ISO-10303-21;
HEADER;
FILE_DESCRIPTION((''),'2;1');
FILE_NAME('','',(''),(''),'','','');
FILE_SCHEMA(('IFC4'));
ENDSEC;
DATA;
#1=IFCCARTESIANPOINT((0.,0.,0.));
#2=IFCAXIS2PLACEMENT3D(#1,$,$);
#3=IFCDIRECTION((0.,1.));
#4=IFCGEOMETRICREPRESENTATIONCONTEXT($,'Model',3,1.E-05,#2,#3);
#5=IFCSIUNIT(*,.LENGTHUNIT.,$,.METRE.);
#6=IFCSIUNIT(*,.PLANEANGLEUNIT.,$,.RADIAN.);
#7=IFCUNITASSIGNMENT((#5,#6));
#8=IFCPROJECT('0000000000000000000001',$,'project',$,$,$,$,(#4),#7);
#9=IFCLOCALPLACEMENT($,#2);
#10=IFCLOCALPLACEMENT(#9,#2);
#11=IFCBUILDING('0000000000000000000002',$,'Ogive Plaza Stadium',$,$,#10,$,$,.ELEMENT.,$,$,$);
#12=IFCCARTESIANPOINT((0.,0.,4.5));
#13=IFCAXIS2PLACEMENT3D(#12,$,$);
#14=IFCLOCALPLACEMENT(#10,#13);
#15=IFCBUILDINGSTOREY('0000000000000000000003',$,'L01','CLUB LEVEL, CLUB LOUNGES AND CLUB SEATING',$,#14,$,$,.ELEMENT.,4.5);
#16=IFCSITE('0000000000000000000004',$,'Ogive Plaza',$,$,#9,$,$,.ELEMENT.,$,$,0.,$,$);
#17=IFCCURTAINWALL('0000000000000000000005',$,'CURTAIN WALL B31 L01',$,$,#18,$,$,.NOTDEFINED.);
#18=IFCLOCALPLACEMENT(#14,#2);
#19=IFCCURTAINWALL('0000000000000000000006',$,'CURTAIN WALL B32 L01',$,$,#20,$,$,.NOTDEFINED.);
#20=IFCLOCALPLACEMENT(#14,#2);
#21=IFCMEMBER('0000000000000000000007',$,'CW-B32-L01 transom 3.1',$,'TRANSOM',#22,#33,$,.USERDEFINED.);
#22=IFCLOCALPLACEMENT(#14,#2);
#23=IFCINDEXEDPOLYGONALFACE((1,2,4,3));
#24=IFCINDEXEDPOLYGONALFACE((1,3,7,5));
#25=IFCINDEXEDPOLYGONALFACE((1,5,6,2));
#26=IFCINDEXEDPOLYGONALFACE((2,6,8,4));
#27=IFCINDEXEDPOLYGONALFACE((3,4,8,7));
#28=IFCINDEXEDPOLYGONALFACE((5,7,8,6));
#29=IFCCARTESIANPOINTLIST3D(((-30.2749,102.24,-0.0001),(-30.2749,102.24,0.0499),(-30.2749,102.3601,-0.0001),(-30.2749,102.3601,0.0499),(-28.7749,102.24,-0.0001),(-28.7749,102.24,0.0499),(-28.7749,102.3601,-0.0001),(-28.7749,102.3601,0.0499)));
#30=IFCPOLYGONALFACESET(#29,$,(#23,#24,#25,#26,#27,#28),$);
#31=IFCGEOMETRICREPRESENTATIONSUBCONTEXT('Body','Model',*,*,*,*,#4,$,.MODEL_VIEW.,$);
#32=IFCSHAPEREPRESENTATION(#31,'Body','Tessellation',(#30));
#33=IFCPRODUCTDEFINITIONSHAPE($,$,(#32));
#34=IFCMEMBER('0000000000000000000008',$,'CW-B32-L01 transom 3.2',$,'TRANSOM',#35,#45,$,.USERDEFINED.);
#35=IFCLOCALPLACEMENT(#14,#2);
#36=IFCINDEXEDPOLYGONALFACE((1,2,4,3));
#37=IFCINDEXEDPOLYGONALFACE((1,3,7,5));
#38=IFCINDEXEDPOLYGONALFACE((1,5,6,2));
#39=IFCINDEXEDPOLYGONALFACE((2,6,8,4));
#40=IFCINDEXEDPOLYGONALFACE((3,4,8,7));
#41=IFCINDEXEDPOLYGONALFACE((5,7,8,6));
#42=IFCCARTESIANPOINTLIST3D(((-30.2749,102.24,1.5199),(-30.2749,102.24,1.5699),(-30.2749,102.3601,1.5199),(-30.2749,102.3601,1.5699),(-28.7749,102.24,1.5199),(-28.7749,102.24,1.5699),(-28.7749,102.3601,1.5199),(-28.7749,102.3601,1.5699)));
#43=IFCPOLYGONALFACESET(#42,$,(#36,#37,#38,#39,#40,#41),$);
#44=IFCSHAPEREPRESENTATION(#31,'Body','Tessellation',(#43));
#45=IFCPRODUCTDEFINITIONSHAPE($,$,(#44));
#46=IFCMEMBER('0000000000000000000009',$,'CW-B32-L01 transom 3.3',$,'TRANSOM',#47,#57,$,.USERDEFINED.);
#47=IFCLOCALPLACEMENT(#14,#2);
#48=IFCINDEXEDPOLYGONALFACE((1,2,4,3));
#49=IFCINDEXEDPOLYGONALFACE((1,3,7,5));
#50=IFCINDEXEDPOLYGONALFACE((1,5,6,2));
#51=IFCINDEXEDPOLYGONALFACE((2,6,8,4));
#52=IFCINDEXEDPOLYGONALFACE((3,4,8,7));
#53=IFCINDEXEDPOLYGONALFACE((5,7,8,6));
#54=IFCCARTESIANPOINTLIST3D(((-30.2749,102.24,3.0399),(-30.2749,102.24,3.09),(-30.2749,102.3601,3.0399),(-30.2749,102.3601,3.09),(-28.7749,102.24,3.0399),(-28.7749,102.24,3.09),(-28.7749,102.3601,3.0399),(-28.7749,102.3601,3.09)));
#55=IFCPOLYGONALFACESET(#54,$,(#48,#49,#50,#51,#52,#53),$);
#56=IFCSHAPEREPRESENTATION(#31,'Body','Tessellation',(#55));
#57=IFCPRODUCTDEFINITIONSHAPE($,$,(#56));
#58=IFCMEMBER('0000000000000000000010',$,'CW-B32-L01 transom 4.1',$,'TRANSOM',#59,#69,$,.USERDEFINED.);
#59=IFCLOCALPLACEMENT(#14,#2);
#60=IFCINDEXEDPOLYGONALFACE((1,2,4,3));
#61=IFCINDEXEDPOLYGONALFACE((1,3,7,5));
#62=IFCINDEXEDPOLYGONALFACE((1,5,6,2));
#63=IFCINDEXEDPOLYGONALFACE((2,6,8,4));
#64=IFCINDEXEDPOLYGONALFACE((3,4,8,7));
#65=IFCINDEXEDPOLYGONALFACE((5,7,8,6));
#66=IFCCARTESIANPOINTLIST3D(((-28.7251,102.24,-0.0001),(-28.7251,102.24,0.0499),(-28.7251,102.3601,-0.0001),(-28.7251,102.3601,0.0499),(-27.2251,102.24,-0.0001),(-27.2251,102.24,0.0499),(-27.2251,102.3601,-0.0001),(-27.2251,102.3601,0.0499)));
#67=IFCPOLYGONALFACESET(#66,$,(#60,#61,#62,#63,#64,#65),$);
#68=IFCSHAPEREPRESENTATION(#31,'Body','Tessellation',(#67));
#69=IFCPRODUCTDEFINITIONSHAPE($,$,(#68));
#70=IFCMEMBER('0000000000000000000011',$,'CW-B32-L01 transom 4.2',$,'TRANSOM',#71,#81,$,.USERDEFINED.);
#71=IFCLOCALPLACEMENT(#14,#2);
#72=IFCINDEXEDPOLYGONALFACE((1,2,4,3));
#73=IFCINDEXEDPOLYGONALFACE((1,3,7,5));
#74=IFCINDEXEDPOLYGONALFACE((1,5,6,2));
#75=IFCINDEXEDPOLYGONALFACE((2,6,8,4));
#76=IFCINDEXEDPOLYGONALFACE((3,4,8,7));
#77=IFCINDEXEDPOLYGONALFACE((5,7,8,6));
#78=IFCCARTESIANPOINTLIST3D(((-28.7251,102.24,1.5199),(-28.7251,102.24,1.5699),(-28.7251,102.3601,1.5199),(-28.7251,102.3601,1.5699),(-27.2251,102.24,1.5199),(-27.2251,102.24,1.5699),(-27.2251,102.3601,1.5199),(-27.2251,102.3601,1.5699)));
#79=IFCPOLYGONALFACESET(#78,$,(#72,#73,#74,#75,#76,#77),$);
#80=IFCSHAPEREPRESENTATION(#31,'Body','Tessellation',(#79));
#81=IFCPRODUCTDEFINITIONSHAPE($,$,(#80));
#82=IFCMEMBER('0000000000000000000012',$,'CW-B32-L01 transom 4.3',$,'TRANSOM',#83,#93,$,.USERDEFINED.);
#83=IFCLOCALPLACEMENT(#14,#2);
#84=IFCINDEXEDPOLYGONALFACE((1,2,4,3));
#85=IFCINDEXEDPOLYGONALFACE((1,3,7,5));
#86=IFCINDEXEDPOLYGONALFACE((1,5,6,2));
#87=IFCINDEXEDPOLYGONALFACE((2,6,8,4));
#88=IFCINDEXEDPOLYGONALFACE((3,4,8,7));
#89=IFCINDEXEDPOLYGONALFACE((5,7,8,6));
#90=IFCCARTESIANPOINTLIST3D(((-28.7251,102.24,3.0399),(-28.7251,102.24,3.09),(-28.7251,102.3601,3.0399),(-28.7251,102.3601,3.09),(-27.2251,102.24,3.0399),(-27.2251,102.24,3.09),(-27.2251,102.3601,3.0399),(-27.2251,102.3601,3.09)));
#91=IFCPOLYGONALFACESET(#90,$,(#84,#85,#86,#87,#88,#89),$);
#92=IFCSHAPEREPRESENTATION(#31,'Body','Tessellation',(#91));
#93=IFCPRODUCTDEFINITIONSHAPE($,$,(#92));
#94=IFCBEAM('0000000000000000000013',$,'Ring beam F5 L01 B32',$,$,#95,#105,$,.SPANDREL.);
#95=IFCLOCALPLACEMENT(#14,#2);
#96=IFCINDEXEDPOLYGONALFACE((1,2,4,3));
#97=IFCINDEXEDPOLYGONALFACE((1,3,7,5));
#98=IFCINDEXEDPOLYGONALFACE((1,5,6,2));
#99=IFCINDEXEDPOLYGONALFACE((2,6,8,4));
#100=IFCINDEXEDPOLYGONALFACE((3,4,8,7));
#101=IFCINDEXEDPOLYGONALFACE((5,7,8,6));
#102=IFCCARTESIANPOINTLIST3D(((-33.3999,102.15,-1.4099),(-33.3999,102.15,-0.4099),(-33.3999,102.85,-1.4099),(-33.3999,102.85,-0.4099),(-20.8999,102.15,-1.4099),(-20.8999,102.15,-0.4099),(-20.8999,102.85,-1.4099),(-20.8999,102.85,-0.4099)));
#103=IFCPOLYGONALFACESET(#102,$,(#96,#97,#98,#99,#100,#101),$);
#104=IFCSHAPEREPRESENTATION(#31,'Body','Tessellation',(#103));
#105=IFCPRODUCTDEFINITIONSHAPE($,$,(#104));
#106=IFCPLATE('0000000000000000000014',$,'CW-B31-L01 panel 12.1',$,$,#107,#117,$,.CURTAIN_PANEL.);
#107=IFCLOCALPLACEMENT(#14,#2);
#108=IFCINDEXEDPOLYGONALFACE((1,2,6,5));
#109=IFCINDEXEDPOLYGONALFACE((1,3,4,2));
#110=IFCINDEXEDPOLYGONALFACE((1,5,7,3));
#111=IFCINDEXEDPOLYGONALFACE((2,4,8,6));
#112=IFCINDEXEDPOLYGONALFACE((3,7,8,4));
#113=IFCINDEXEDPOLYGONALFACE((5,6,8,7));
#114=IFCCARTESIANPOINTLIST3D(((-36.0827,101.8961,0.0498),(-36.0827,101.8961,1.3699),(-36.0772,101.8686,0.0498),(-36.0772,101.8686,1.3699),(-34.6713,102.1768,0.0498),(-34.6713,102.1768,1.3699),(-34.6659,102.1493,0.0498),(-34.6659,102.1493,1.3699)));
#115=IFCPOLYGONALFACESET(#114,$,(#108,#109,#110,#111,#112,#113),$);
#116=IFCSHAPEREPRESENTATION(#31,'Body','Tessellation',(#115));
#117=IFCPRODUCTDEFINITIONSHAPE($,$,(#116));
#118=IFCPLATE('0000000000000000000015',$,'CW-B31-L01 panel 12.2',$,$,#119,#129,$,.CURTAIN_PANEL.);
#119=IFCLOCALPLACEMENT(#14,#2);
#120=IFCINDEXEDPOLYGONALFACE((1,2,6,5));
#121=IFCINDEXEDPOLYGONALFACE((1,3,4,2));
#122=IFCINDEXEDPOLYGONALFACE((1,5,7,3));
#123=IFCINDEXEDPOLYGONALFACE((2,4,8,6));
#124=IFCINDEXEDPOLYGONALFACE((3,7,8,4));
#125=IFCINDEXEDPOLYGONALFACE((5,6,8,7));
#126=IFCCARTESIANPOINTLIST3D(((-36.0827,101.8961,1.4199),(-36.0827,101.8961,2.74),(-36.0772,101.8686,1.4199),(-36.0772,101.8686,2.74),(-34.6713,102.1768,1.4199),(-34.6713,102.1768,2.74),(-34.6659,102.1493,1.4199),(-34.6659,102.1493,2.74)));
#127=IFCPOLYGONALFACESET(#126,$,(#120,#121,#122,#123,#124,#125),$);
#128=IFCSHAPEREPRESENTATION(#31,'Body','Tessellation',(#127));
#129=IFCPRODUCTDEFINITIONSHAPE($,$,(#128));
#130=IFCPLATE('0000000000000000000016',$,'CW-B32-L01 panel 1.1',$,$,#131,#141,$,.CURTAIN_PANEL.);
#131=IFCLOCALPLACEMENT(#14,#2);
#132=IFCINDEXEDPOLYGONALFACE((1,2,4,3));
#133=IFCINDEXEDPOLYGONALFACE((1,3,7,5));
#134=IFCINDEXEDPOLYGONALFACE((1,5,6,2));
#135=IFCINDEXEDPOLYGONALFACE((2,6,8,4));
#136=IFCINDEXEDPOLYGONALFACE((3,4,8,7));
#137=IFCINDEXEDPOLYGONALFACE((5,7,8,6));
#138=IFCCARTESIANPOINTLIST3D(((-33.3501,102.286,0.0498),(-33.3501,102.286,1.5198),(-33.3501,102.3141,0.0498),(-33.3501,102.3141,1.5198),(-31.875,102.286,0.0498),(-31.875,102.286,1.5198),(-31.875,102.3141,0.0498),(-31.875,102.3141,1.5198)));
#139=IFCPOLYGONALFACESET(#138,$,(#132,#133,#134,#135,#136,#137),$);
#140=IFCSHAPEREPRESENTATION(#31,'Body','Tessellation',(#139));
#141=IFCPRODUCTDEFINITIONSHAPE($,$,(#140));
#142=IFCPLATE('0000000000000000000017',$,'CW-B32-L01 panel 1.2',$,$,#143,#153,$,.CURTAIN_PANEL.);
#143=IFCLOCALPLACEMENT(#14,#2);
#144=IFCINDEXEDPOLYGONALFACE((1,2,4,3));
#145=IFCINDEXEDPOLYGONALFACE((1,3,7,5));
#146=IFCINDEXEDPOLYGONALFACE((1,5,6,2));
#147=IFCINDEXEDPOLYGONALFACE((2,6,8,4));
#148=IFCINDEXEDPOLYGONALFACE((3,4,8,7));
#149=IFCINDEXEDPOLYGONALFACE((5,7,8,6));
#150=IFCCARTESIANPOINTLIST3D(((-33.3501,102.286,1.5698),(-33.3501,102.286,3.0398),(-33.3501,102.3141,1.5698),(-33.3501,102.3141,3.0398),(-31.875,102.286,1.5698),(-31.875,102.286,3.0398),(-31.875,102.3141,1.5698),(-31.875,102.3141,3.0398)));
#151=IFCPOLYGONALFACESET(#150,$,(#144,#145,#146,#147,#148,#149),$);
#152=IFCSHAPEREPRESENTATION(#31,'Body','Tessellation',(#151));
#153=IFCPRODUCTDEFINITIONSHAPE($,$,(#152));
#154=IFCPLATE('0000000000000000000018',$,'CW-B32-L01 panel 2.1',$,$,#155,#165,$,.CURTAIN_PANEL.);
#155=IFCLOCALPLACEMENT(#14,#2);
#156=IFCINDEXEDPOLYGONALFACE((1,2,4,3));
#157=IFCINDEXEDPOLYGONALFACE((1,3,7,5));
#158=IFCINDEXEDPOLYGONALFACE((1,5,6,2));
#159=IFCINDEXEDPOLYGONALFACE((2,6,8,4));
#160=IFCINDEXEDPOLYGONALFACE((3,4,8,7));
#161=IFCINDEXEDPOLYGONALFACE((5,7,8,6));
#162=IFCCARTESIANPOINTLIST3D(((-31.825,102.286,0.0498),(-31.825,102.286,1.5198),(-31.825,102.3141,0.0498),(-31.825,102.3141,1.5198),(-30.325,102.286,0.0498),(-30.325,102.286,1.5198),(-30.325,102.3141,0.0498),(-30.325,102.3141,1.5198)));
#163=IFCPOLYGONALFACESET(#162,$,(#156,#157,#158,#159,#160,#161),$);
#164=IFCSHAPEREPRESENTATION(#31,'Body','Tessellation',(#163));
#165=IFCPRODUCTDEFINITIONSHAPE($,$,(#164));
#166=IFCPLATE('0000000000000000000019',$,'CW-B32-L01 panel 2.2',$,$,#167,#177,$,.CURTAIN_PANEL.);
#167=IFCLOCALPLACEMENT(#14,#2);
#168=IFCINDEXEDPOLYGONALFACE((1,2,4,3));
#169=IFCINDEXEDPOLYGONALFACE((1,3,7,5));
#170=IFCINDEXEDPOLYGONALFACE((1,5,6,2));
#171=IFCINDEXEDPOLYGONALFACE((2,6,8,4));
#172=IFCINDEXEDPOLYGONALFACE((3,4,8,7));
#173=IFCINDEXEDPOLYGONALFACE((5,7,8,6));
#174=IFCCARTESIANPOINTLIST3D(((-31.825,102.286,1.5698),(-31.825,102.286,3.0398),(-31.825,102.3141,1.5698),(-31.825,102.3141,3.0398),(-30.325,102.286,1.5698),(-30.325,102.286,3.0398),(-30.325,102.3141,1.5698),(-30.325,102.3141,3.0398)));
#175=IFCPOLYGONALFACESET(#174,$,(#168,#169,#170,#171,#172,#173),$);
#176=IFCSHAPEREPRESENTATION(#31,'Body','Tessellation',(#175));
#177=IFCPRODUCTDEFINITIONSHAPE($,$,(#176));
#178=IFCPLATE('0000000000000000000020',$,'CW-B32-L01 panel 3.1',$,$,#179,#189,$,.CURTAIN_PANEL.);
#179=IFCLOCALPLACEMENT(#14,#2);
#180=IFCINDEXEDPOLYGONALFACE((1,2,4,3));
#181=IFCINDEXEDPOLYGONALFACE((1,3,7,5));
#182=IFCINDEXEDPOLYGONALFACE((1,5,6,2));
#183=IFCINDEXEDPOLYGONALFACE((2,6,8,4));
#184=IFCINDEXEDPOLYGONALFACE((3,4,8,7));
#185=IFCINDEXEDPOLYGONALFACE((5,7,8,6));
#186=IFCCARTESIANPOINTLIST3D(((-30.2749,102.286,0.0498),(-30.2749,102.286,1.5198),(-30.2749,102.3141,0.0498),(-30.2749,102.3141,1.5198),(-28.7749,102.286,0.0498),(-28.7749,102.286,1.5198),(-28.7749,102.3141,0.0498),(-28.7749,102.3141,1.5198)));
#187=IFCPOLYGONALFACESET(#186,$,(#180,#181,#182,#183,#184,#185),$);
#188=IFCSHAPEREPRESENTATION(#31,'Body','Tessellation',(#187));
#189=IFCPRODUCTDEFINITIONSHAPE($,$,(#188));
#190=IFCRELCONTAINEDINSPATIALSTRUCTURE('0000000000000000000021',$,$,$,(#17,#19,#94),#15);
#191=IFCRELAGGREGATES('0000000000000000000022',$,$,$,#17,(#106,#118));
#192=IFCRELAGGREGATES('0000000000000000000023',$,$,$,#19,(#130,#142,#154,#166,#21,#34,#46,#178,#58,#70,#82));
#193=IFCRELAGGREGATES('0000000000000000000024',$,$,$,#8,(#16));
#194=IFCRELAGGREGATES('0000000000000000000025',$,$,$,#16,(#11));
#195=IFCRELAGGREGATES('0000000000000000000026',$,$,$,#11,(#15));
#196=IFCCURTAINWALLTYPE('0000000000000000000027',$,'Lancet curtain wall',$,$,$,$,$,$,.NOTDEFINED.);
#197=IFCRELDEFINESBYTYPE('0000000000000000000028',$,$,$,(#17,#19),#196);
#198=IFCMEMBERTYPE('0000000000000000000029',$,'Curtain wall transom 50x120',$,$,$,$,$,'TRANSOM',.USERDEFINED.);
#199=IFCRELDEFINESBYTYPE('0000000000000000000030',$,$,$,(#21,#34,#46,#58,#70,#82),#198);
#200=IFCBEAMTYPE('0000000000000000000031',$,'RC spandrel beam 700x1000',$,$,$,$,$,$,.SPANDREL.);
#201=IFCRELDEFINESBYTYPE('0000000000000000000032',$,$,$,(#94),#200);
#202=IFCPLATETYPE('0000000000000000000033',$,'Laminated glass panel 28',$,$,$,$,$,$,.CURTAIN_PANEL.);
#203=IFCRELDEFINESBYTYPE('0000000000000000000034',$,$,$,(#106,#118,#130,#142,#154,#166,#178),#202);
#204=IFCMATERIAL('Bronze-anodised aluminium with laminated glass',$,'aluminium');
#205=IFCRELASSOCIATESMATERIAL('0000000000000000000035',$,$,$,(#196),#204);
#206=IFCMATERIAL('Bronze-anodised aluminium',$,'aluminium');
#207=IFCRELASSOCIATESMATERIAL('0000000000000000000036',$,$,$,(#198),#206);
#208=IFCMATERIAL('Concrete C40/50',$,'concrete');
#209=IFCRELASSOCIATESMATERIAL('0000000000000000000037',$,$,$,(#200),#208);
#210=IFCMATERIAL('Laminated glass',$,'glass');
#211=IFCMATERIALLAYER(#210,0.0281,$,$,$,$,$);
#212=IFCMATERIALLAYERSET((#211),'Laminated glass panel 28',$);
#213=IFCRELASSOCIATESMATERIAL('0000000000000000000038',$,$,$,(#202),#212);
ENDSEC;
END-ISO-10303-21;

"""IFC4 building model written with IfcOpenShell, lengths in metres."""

from ifc_helpers import new_model, si_unit, direction, frame, origin, origin_2d, place, context, subcontext, project, spatial, rectangle, extrude, material, layer, layer_set, material_profile, profile_set, type_object, element, aggregate, save


model = new_model("IFC4")

# Units and contexts
model_context = context("Model", 3, precision=1e-05, world=origin(), true_north=direction((0.0, 1.0)))
body_context = subcontext(model_context, "Body", "Model", "MODEL_VIEW")
ifc_project = project(units=[si_unit("LENGTHUNIT", "METRE"), si_unit("PLANEANGLEUNIT", "RADIAN")], contexts=[model_context])

# Site, building, storey
site_placement = place(None, origin())
site = spatial("IfcSite", under=ifc_project, at=site_placement, Name="Ogive Plaza", CompositionType="ELEMENT", RefElevation=0.0)
building_placement = place(site_placement, origin())
building = spatial("IfcBuilding", under=site, at=building_placement, Name="Ogive Plaza Stadium", CompositionType="ELEMENT")
storey_placement = place(building_placement, frame((0.0, 0.0, 4.5)))
storey = spatial("IfcBuildingStorey", under=building, at=storey_placement, Name="L01", Description="CLUB LEVEL, CLUB LOUNGES AND CLUB SEATING", CompositionType="ELEMENT", Elevation=4.5)

# Curtain wall
ifc_material_1 = material(Name="Bronze-anodised aluminium with laminated glass", Category="aluminium")
curtain_wall_type = type_object("IfcCurtainWallType", Name="Lancet curtain wall", PredefinedType="NOTDEFINED", material=ifc_material_1)
curtain_wall_1_placement = place(storey_placement, origin())
curtain_wall_1 = element("IfcCurtainWall", 1, at=curtain_wall_1_placement, inside=storey, type_object=curtain_wall_type, Name="CURTAIN WALL B31 L01", PredefinedType="NOTDEFINED")

# Curtain wall
curtain_wall_2_placement = place(storey_placement, origin())
curtain_wall_2 = element("IfcCurtainWall", 2, at=curtain_wall_2_placement, inside=storey, type_object=curtain_wall_type, Name="CURTAIN WALL B32 L01", PredefinedType="NOTDEFINED")

# Members
ifc_material_2 = material(Name="Bronze-anodised aluminium", Category="aluminium")
ifc_material_profile_1 = material_profile(ifc_material_2, rectangle(XDim=0.1201, YDim=0.05, at=origin_2d()), Name="AL 120x50")
ifc_profile_set_1 = profile_set([ifc_material_profile_1], Name="Bronze-anodised aluminium")
member_type_1 = type_object("IfcMemberType", Name="Curtain wall transom 50x120", ElementType="TRANSOM", PredefinedType="USERDEFINED", material=ifc_profile_set_1)
member_1_placement = place(storey_placement, frame((-30.2749, 102.3, 0.0249), z_axis=(1.0, 0.0, 0.0), x_axis=(0.0, 1.0, 0.0)))
member_1 = element("IfcMember", 3, at=member_1_placement, type_object=member_type_1, Name="CW-B32-L01 transom 3.1", ObjectType="TRANSOM", PredefinedType="USERDEFINED", context=body_context, shape_type="SweptSolid", body=[
    extrude(rectangle(XDim=0.1201, YDim=0.05, at=origin_2d()), origin(), (0.0, 0.0, 1.0), 1.5),
])
member_2_placement = place(storey_placement, frame((-30.2749, 102.3, 1.5449), z_axis=(1.0, 0.0, 0.0), x_axis=(0.0, 1.0, 0.0)))
member_2 = element("IfcMember", 4, at=member_2_placement, type_object=member_type_1, Name="CW-B32-L01 transom 3.2", ObjectType="TRANSOM", PredefinedType="USERDEFINED", context=body_context, shape_type="SweptSolid", body=[
    extrude(rectangle(XDim=0.1201, YDim=0.05, at=origin_2d()), origin(), (0.0, 0.0, 1.0), 1.5),
])
member_3_placement = place(storey_placement, frame((-30.2749, 102.3, 3.0649), z_axis=(1.0, 0.0, 0.0), x_axis=(0.0, 1.0, 0.0)))
member_3 = element("IfcMember", 5, at=member_3_placement, type_object=member_type_1, Name="CW-B32-L01 transom 3.3", ObjectType="TRANSOM", PredefinedType="USERDEFINED", context=body_context, shape_type="SweptSolid", body=[
    extrude(rectangle(XDim=0.1201, YDim=0.05, at=origin_2d()), origin(), (0.0, 0.0, 1.0), 1.5),
])
member_4_placement = place(storey_placement, frame((-28.7251, 102.3, 0.0249), z_axis=(1.0, 0.0, 0.0), x_axis=(0.0, 1.0, 0.0)))
member_4 = element("IfcMember", 6, at=member_4_placement, type_object=member_type_1, Name="CW-B32-L01 transom 4.1", ObjectType="TRANSOM", PredefinedType="USERDEFINED", context=body_context, shape_type="SweptSolid", body=[
    extrude(rectangle(XDim=0.1201, YDim=0.05, at=origin_2d()), origin(), (0.0, 0.0, 1.0), 1.5),
])
member_5_placement = place(storey_placement, frame((-28.7251, 102.3, 1.5449), z_axis=(1.0, 0.0, 0.0), x_axis=(0.0, 1.0, 0.0)))
member_5 = element("IfcMember", 7, at=member_5_placement, type_object=member_type_1, Name="CW-B32-L01 transom 4.2", ObjectType="TRANSOM", PredefinedType="USERDEFINED", context=body_context, shape_type="SweptSolid", body=[
    extrude(rectangle(XDim=0.1201, YDim=0.05, at=origin_2d()), origin(), (0.0, 0.0, 1.0), 1.5),
])
member_6_placement = place(storey_placement, frame((-28.7251, 102.3, 3.0649), z_axis=(1.0, 0.0, 0.0), x_axis=(0.0, 1.0, 0.0)))
member_6 = element("IfcMember", 8, at=member_6_placement, type_object=member_type_1, Name="CW-B32-L01 transom 4.3", ObjectType="TRANSOM", PredefinedType="USERDEFINED", context=body_context, shape_type="SweptSolid", body=[
    extrude(rectangle(XDim=0.1201, YDim=0.05, at=origin_2d()), origin(), (0.0, 0.0, 1.0), 1.5),
])

# Beam
ifc_material_3 = material(Name="Concrete C40/50", Category="concrete")
ifc_material_profile_2 = material_profile(ifc_material_3, rectangle(XDim=0.7, YDim=1.0, at=origin_2d()), Name="RC 700x1000")
ifc_profile_set_2 = profile_set([ifc_material_profile_2], Name="Concrete C40/50")
beam_type = type_object("IfcBeamType", Name="RC spandrel beam 700x1000", PredefinedType="SPANDREL", material=ifc_profile_set_2)
beam_placement = place(storey_placement, frame((-33.3999, 102.5, -0.9099), z_axis=(1.0, 0.0, 0.0), x_axis=(0.0, 1.0, 0.0)))
element("IfcBeam", 9, at=beam_placement, inside=storey, type_object=beam_type, Name="Ring beam F5 L01 B32", PredefinedType="SPANDREL", context=body_context, shape_type="SweptSolid", body=[
    extrude(rectangle(XDim=0.7, YDim=1.0, at=origin_2d()), origin(), (0.0, 0.0, 1.0), 12.5),
])

# Plates
ifc_material_4 = material(Name="Laminated glass", Category="glass")
ifc_layer = layer(ifc_material_4, 0.0281)
ifc_layer_set = layer_set([ifc_layer], Name="Laminated glass panel 28")
plate_type = type_object("IfcPlateType", Name="Laminated glass panel 28", PredefinedType="CURTAIN_PANEL", material=ifc_layer_set)
plate_1_placement = place(storey_placement, frame((-35.3743, 102.0227, 0.0498), z_axis=(0.0, 0.0, 1.0), x_axis=(0.980785, 0.19509, 0.0)))
plate_1 = element("IfcPlate", 10, at=plate_1_placement, type_object=plate_type, Name="CW-B31-L01 panel 12.1", PredefinedType="CURTAIN_PANEL", context=body_context, shape_type="SweptSolid", body=[
    extrude(rectangle(XDim=1.439, YDim=0.0281, at=origin_2d()), origin(), (0.0, 0.0, 1.0), 1.3201),
])
plate_2_placement = place(storey_placement, frame((-35.3743, 102.0227, 1.4199), z_axis=(0.0, 0.0, 1.0), x_axis=(0.980785, 0.19509, 0.0)))
plate_2 = element("IfcPlate", 11, at=plate_2_placement, type_object=plate_type, Name="CW-B31-L01 panel 12.2", PredefinedType="CURTAIN_PANEL", context=body_context, shape_type="SweptSolid", body=[
    extrude(rectangle(XDim=1.439, YDim=0.0281, at=origin_2d()), origin(), (0.0, 0.0, 1.0), 1.3201),
])
aggregate(curtain_wall_1, [plate_1, plate_2])
plate_3_placement = place(storey_placement, frame((-32.6125, 102.3, 0.0498), z_axis=(0.0, 0.0, 1.0), x_axis=(1.0, 0.0, 0.0)))
plate_3 = element("IfcPlate", 12, at=plate_3_placement, type_object=plate_type, Name="CW-B32-L01 panel 1.1", PredefinedType="CURTAIN_PANEL", context=body_context, shape_type="SweptSolid", body=[
    extrude(rectangle(XDim=1.4751, YDim=0.0281, at=origin_2d()), origin(), (0.0, 0.0, 1.0), 1.47),
])
plate_4_placement = place(storey_placement, frame((-32.6125, 102.3, 1.5698), z_axis=(0.0, 0.0, 1.0), x_axis=(1.0, 0.0, 0.0)))
plate_4 = element("IfcPlate", 13, at=plate_4_placement, type_object=plate_type, Name="CW-B32-L01 panel 1.2", PredefinedType="CURTAIN_PANEL", context=body_context, shape_type="SweptSolid", body=[
    extrude(rectangle(XDim=1.4751, YDim=0.0281, at=origin_2d()), origin(), (0.0, 0.0, 1.0), 1.47),
])
plate_5_placement = place(storey_placement, frame((-31.075, 102.3, 0.0498), z_axis=(0.0, 0.0, 1.0), x_axis=(1.0, 0.0, 0.0)))
plate_5 = element("IfcPlate", 14, at=plate_5_placement, type_object=plate_type, Name="CW-B32-L01 panel 2.1", PredefinedType="CURTAIN_PANEL", context=body_context, shape_type="SweptSolid", body=[
    extrude(rectangle(XDim=1.5, YDim=0.0281, at=origin_2d()), origin(), (0.0, 0.0, 1.0), 1.47),
])
plate_6_placement = place(storey_placement, frame((-31.075, 102.3, 1.5698), z_axis=(0.0, 0.0, 1.0), x_axis=(1.0, 0.0, 0.0)))
plate_6 = element("IfcPlate", 15, at=plate_6_placement, type_object=plate_type, Name="CW-B32-L01 panel 2.2", PredefinedType="CURTAIN_PANEL", context=body_context, shape_type="SweptSolid", body=[
    extrude(rectangle(XDim=1.5, YDim=0.0281, at=origin_2d()), origin(), (0.0, 0.0, 1.0), 1.47),
])
plate_7_placement = place(storey_placement, frame((-29.5249, 102.3, 0.0498), z_axis=(0.0, 0.0, 1.0), x_axis=(1.0, 0.0, 0.0)))
plate_7 = element("IfcPlate", 16, at=plate_7_placement, type_object=plate_type, Name="CW-B32-L01 panel 3.1", PredefinedType="CURTAIN_PANEL", context=body_context, shape_type="SweptSolid", body=[
    extrude(rectangle(XDim=1.5, YDim=0.0281, at=origin_2d()), origin(), (0.0, 0.0, 1.0), 1.47),
])
aggregate(curtain_wall_2, [plate_3, plate_4, plate_5, plate_6, member_1, member_2, member_3, plate_7, member_4, member_5, member_6])

save(model, "model.ifc")
